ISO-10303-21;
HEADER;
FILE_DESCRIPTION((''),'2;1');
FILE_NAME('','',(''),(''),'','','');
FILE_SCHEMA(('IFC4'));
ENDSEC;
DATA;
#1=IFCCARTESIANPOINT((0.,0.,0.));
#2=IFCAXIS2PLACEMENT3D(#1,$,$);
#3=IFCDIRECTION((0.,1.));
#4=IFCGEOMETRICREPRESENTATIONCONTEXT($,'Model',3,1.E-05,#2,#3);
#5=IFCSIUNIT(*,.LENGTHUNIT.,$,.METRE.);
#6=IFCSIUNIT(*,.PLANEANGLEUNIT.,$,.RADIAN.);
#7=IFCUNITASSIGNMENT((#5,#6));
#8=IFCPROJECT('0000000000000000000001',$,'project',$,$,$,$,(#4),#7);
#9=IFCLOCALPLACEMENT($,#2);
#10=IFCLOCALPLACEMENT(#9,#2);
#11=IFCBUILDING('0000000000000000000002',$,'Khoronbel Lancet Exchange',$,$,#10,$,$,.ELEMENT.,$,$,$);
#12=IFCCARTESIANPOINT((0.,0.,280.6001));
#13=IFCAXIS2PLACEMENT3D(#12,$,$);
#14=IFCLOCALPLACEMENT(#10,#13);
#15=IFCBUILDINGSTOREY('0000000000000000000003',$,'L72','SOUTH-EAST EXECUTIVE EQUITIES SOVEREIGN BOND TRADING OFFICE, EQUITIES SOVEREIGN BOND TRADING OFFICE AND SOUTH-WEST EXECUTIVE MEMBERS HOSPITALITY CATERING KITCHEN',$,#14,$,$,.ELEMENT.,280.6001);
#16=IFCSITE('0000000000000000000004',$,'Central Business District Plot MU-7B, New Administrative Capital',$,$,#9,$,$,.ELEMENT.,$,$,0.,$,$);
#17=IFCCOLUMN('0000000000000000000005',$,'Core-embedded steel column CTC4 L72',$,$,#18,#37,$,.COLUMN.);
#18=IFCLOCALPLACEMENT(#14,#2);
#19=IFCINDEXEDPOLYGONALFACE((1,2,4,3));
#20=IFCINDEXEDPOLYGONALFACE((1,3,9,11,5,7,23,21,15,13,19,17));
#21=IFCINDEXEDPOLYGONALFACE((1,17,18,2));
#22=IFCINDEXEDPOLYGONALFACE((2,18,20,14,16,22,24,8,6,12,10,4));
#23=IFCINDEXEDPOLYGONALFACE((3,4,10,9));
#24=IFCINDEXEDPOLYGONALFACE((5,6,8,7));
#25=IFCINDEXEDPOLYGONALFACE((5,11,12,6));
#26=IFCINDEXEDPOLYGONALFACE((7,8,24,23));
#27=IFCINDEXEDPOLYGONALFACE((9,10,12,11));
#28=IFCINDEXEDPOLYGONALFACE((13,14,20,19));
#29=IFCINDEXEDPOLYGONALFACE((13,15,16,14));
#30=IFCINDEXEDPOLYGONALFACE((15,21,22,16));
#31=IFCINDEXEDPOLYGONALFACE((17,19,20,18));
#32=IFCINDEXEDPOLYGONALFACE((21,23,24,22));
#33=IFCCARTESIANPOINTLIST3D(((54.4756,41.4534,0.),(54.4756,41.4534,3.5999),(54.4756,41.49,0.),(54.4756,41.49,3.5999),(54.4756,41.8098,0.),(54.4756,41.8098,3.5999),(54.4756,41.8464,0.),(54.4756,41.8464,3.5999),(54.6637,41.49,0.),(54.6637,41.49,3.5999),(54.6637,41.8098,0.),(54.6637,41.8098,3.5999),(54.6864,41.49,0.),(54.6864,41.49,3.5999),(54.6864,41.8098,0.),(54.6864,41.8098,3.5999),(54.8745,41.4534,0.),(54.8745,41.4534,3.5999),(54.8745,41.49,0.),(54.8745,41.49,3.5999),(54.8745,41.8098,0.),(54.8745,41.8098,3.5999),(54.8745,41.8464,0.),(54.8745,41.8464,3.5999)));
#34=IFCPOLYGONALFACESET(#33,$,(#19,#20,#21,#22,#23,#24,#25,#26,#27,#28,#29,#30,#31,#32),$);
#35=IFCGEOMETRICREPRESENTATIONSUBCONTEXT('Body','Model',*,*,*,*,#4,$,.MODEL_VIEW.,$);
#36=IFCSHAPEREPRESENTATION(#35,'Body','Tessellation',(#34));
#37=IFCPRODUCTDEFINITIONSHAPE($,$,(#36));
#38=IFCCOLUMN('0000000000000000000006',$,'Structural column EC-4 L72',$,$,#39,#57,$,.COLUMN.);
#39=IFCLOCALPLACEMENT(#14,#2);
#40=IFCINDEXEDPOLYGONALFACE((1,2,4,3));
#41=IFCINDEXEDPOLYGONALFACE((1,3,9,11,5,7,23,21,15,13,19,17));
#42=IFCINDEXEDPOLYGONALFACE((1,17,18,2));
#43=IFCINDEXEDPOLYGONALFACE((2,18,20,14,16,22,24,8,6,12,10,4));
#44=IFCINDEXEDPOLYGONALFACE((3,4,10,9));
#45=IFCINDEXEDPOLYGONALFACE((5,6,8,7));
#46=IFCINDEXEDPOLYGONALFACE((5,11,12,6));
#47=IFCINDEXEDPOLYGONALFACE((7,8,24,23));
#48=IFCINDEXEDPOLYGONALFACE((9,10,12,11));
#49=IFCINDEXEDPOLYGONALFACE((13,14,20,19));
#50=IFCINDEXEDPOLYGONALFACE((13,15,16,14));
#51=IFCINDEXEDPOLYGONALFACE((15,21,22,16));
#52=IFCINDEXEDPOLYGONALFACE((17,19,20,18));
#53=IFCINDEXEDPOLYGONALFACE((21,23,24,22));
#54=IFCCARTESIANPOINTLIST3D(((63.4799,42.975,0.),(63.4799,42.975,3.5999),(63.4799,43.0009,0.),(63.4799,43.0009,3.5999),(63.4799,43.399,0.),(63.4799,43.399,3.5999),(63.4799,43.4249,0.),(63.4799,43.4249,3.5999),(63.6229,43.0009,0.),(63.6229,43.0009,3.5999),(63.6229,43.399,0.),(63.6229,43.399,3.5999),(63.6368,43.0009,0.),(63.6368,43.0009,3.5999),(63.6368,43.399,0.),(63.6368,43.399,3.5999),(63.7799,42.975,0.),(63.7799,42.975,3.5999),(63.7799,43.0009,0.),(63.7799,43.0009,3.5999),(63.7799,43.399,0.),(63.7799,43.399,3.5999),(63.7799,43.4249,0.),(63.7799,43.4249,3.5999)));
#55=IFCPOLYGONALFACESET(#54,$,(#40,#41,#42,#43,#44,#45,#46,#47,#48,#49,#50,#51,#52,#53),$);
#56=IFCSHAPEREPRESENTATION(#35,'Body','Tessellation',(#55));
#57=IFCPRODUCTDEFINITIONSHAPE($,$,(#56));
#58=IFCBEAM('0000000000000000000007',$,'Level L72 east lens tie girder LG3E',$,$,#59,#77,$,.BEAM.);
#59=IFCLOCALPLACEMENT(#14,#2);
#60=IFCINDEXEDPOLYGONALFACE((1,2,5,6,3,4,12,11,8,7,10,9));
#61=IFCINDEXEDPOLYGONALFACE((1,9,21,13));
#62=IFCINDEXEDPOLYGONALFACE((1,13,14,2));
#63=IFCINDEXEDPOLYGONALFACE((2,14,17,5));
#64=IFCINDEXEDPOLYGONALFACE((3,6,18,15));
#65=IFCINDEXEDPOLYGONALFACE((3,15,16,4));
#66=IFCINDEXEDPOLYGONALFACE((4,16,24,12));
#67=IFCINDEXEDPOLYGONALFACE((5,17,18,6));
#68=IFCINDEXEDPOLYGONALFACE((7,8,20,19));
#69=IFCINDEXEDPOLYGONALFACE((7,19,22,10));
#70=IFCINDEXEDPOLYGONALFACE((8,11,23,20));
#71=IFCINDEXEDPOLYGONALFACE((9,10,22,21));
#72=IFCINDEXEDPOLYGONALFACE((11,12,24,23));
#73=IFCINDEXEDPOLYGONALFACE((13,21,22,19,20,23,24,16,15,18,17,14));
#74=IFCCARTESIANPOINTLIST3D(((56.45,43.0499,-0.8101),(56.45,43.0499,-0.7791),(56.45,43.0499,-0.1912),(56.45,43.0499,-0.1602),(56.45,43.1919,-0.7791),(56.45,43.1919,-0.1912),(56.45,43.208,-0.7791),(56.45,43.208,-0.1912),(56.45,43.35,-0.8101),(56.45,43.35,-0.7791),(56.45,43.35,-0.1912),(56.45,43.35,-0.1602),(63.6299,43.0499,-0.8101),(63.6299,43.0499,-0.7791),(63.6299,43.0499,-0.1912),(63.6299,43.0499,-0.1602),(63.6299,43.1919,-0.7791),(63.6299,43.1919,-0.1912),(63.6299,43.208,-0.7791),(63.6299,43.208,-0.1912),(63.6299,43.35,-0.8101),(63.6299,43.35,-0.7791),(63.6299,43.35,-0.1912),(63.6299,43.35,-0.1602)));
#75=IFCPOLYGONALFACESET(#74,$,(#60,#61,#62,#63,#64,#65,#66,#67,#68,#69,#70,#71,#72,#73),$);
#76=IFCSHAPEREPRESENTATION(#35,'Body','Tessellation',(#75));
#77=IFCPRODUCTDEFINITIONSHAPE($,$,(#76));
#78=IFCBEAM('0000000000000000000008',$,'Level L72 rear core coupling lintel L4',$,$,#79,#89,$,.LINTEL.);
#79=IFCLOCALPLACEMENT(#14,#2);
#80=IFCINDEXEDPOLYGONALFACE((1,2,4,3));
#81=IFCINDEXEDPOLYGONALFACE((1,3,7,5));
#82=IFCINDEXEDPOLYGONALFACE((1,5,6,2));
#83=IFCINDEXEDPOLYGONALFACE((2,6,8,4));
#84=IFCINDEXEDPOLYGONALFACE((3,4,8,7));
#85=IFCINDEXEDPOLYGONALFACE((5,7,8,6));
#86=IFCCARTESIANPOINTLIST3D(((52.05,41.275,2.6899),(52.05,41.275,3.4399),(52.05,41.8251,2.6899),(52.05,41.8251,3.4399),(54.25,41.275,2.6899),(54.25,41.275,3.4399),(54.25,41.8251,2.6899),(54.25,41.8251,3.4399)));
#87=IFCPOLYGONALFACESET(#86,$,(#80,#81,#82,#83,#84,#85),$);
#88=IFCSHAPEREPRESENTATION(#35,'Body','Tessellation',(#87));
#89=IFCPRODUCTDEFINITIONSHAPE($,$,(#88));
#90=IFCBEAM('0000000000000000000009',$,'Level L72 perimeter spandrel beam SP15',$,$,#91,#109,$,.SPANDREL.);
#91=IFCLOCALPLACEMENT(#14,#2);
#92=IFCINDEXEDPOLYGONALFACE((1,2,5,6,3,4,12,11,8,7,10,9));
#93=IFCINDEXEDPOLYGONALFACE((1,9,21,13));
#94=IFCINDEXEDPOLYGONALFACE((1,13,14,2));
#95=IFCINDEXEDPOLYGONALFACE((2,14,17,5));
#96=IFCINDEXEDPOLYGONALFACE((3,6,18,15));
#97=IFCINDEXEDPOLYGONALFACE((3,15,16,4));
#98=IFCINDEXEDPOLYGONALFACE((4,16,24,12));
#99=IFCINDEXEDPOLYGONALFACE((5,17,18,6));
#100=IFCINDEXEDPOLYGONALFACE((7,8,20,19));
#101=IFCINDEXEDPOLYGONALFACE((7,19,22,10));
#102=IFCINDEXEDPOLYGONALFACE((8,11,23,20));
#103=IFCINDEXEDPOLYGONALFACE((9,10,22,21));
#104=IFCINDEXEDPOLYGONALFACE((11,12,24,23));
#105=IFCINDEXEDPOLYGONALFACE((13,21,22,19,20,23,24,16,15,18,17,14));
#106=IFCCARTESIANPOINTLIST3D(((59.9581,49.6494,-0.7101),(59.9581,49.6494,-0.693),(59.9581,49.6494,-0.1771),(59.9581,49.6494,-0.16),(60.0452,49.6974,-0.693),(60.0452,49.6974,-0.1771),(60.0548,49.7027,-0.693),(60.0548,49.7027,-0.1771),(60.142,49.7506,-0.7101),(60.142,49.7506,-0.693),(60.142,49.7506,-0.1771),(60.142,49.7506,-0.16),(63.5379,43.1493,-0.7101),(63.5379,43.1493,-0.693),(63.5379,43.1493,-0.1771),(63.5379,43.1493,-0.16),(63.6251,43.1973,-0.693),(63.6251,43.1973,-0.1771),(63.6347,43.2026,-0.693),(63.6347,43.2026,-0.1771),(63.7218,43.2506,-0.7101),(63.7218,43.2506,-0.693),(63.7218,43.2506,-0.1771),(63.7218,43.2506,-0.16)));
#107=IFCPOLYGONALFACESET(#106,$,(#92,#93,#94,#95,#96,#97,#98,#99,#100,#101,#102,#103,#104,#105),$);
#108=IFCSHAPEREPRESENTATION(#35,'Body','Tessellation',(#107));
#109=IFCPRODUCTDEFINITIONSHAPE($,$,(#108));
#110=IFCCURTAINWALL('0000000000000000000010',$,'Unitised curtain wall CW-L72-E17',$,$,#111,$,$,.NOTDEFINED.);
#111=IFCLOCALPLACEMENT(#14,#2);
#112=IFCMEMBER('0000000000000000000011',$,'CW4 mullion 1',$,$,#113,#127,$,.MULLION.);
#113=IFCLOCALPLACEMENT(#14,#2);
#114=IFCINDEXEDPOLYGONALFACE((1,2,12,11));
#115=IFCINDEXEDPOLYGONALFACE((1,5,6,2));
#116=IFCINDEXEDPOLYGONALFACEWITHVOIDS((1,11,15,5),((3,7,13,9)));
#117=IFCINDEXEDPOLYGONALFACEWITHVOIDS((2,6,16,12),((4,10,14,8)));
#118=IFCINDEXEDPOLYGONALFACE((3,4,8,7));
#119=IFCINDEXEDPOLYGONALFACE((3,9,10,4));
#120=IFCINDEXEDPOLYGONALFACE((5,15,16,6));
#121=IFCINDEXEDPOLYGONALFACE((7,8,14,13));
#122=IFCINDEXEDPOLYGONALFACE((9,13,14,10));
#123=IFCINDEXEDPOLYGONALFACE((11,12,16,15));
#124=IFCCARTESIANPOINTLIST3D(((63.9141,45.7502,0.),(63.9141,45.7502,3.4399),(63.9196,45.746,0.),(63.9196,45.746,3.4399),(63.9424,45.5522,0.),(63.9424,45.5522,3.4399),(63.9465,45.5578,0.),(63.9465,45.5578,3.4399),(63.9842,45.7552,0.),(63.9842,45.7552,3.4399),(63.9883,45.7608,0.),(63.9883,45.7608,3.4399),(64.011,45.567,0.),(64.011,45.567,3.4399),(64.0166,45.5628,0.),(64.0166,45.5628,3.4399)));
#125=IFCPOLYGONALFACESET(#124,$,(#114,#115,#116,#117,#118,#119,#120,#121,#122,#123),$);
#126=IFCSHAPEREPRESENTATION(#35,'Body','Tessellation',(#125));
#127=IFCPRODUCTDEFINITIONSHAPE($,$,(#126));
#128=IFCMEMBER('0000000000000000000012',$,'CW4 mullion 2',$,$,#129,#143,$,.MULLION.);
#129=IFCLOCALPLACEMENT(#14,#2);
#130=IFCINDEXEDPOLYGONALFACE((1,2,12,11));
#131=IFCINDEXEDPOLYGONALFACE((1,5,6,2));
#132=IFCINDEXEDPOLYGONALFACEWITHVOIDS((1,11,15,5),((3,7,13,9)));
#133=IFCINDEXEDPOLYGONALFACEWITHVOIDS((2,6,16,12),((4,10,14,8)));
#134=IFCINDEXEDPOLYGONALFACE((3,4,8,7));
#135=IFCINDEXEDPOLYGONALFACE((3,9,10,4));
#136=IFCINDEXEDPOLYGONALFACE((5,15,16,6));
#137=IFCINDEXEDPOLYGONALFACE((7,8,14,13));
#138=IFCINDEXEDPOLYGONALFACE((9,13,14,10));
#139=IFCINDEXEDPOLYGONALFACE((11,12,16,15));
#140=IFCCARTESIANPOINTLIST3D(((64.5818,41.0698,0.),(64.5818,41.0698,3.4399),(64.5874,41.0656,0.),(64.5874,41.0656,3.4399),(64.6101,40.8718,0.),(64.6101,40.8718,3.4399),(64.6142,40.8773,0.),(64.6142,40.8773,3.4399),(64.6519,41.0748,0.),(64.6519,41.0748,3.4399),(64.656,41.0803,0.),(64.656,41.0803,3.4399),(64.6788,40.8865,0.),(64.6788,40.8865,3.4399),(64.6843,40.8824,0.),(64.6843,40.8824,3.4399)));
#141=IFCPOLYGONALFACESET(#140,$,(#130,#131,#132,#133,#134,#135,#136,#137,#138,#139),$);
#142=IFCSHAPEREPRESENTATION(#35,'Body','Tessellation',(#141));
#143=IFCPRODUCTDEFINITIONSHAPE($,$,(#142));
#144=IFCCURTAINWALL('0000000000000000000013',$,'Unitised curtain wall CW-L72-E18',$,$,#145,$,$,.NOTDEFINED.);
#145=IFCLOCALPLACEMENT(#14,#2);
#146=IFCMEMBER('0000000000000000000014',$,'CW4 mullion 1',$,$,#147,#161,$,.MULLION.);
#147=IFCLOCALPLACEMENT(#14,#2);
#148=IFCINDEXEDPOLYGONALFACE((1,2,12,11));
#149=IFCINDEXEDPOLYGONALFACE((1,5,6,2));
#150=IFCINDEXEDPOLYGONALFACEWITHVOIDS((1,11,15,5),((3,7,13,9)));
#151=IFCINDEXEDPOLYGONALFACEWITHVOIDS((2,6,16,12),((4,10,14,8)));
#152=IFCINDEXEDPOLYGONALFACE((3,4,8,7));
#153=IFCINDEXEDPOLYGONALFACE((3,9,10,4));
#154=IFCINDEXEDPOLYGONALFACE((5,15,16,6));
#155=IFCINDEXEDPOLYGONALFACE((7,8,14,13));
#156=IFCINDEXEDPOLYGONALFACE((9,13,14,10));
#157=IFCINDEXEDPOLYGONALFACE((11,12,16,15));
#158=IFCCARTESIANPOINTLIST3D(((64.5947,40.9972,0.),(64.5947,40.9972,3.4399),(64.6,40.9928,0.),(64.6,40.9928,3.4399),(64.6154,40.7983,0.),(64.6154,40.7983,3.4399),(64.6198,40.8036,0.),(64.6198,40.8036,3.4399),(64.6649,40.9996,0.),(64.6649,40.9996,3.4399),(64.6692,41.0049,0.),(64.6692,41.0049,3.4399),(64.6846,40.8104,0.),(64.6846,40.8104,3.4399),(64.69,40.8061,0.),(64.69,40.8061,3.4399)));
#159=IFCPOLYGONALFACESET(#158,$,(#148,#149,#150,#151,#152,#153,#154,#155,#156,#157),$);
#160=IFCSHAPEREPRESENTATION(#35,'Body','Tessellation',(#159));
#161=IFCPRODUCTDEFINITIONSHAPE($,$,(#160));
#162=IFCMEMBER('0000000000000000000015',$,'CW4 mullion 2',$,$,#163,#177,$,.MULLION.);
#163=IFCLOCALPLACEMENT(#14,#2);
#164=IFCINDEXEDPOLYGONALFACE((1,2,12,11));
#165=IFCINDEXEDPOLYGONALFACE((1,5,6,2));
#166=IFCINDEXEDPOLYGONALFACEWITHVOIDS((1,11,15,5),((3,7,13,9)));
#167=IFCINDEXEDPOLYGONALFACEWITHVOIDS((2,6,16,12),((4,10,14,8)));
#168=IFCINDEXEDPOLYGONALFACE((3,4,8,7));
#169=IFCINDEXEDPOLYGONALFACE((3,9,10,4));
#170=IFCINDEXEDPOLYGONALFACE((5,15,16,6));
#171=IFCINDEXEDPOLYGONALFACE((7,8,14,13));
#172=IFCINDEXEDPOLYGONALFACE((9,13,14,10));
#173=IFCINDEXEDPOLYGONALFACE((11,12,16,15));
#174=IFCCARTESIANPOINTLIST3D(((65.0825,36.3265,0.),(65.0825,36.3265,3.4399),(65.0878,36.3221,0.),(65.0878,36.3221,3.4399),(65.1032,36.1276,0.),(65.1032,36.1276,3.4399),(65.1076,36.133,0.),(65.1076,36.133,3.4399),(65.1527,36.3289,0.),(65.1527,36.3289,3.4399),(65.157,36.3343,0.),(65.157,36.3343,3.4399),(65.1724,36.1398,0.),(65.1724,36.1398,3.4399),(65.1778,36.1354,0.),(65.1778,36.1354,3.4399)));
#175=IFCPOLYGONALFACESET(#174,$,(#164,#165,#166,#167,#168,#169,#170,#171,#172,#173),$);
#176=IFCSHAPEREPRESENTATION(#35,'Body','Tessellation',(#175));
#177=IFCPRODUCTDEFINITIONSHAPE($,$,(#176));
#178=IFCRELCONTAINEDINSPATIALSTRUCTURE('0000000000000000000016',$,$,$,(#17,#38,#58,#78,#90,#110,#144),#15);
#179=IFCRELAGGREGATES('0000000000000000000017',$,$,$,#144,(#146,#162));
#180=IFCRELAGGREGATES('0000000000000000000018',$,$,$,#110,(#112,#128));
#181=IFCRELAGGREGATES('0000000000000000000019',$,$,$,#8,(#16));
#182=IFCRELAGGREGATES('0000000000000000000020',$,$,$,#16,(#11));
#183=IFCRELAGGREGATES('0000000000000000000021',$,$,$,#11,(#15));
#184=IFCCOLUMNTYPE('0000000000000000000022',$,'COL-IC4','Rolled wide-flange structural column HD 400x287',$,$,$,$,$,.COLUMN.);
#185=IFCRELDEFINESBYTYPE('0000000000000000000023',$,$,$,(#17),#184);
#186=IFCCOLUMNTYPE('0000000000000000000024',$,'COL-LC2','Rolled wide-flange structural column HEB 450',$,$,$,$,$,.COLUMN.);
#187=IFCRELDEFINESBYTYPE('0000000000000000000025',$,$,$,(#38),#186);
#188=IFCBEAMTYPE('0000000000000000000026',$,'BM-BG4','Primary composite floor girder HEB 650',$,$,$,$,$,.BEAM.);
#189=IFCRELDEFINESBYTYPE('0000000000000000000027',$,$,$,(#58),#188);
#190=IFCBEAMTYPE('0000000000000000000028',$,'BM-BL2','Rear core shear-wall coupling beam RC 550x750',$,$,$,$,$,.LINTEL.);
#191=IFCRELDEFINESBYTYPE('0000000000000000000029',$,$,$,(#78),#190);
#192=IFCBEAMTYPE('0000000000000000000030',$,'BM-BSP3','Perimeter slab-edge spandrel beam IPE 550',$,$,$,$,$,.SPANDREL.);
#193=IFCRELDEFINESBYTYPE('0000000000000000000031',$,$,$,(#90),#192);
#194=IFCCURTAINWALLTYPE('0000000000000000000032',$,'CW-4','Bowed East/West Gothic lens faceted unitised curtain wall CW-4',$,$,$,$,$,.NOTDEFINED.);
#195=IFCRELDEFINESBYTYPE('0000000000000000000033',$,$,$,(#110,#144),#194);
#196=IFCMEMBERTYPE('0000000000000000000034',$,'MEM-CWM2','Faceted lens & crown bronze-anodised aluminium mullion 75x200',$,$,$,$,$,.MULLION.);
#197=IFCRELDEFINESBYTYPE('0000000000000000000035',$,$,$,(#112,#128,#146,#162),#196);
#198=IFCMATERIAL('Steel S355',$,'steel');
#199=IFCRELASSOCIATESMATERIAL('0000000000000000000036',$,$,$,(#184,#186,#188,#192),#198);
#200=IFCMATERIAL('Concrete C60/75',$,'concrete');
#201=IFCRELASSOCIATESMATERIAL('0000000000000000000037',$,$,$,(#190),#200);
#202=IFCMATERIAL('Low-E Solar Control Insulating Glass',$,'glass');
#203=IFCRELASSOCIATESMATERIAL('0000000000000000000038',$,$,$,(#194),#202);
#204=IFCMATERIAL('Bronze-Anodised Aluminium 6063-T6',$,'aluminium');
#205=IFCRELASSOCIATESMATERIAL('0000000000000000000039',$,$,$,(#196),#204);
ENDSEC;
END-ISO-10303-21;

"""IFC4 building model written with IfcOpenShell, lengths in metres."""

from ifc_helpers import new_model, si_unit, direction, frame, origin, origin_2d, place, context, subcontext, project, spatial, rectangle, hollow_rectangle, i_section, extrude, material, material_profile, profile_set, type_object, element, aggregate, save


model = new_model("IFC4")

# Units and contexts
model_context = context("Model", 3, precision=1e-05, world=origin(), true_north=direction((0.0, 1.0)))
body_context = subcontext(model_context, "Body", "Model", "MODEL_VIEW")
ifc_project = project(units=[si_unit("LENGTHUNIT", "METRE"), si_unit("PLANEANGLEUNIT", "RADIAN")], contexts=[model_context])

# Site, building, storey
site_placement = place(None, origin())
site = spatial("IfcSite", under=ifc_project, at=site_placement, Name="Central Business District Plot MU-7B, New Administrative Capital", CompositionType="ELEMENT", RefElevation=0.0)
building_placement = place(site_placement, origin())
building = spatial("IfcBuilding", under=site, at=building_placement, Name="Khoronbel Lancet Exchange", CompositionType="ELEMENT")
storey_placement = place(building_placement, frame((0.0, 0.0, 280.6001)))
storey = spatial("IfcBuildingStorey", under=building, at=storey_placement, Name="L72", Description="SOUTH-EAST EXECUTIVE EQUITIES SOVEREIGN BOND TRADING OFFICE, EQUITIES SOVEREIGN BOND TRADING OFFICE AND SOUTH-WEST EXECUTIVE MEMBERS HOSPITALITY CATERING KITCHEN", CompositionType="ELEMENT", Elevation=280.6001)

# Columns
ifc_material_1 = material(Name="Steel S355", Category="steel")
ifc_material_profile_1 = material_profile(ifc_material_1, i_section(OverallWidth=0.3989, OverallDepth=0.3931, WebThickness=0.0227, FlangeThickness=0.0366, at=origin_2d()), Name="HD 400x287")
ifc_profile_set_1 = profile_set([ifc_material_profile_1], Name="Steel S355")
column_type_1 = type_object("IfcColumnType", Name="COL-IC4", Description="Rolled wide-flange structural column HD 400x287", PredefinedType="COLUMN", material=ifc_profile_set_1)
column_1_placement = place(storey_placement, frame((54.675, 41.6499, 0.0), z_axis=(0.0, 0.0, 1.0), x_axis=(1.0, 0.0, 0.0)))
element("IfcColumn", 1, at=column_1_placement, inside=storey, type_object=column_type_1, Name="Core-embedded steel column CTC4 L72", PredefinedType="COLUMN", context=body_context, shape_type="SweptSolid", body=[
    extrude(i_section(OverallWidth=0.3989, OverallDepth=0.3931, WebThickness=0.0227, FlangeThickness=0.0366, at=origin_2d()), origin(), (0.0, 0.0, 1.0), 3.5999),
])
ifc_material_profile_2 = material_profile(ifc_material_1, i_section(OverallWidth=0.3, OverallDepth=0.45, WebThickness=0.0139, FlangeThickness=0.0259, at=origin_2d()), Name="HEB 450")
ifc_profile_set_2 = profile_set([ifc_material_profile_2], Name="Steel S355")
column_type_2 = type_object("IfcColumnType", Name="COL-LC2", Description="Rolled wide-flange structural column HEB 450", PredefinedType="COLUMN", material=ifc_profile_set_2)
column_2_placement = place(storey_placement, frame((63.6299, 43.2, 0.0), z_axis=(0.0, 0.0, 1.0), x_axis=(1.0, 0.0, 0.0)))
element("IfcColumn", 2, at=column_2_placement, inside=storey, type_object=column_type_2, Name="Structural column EC-4 L72", PredefinedType="COLUMN", context=body_context, shape_type="SweptSolid", body=[
    extrude(i_section(OverallWidth=0.3, OverallDepth=0.45, WebThickness=0.0139, FlangeThickness=0.0259, at=origin_2d()), origin(), (0.0, 0.0, 1.0), 3.5999),
])

# Beams
ifc_material_profile_3 = material_profile(ifc_material_1, i_section(OverallWidth=0.3, OverallDepth=0.6499, WebThickness=0.0161, FlangeThickness=0.031, at=origin_2d()), Name="HEB 650")
ifc_profile_set_3 = profile_set([ifc_material_profile_3], Name="Steel S355")
beam_type_1 = type_object("IfcBeamType", Name="BM-BG4", Description="Primary composite floor girder HEB 650", PredefinedType="BEAM", material=ifc_profile_set_3)
beam_1_placement = place(storey_placement, frame((56.45, 43.2, -0.4851), z_axis=(1.0, 0.0, 0.0), x_axis=(0.0, 1.0, 0.0)))
element("IfcBeam", 3, at=beam_1_placement, inside=storey, type_object=beam_type_1, Name="Level L72 east lens tie girder LG3E", PredefinedType="BEAM", context=body_context, shape_type="SweptSolid", body=[
    extrude(i_section(OverallWidth=0.3, OverallDepth=0.6499, WebThickness=0.0161, FlangeThickness=0.031, at=origin_2d()), origin(), (0.0, 0.0, 1.0), 7.1799),
])
ifc_material_2 = material(Name="Concrete C60/75", Category="concrete")
ifc_material_profile_4 = material_profile(ifc_material_2, rectangle(XDim=0.55, YDim=0.75, at=origin_2d()), Name="RC 550x750")
ifc_profile_set_4 = profile_set([ifc_material_profile_4], Name="Concrete C60/75")
beam_type_2 = type_object("IfcBeamType", Name="BM-BL2", Description="Rear core shear-wall coupling beam RC 550x750", PredefinedType="LINTEL", material=ifc_profile_set_4)
beam_2_placement = place(storey_placement, frame((52.05, 41.55, 3.0649), z_axis=(1.0, 0.0, 0.0), x_axis=(0.0, 1.0, 0.0)))
element("IfcBeam", 4, at=beam_2_placement, inside=storey, type_object=beam_type_2, Name="Level L72 rear core coupling lintel L4", PredefinedType="LINTEL", context=body_context, shape_type="SweptSolid", body=[
    extrude(rectangle(XDim=0.55, YDim=0.75, at=origin_2d()), origin(), (0.0, 0.0, 1.0), 2.2),
])
ifc_material_profile_5 = material_profile(ifc_material_1, i_section(OverallWidth=0.21, OverallDepth=0.55, WebThickness=0.011, FlangeThickness=0.0171, at=origin_2d()), Name="IPE 550")
ifc_profile_set_5 = profile_set([ifc_material_profile_5], Name="Steel S355")
beam_type_3 = type_object("IfcBeamType", Name="BM-BSP3", Description="Perimeter slab-edge spandrel beam IPE 550", PredefinedType="SPANDREL", material=ifc_profile_set_5)
beam_3_placement = place(storey_placement, frame((63.6299, 43.2, -0.4351), z_axis=(-0.482419, 0.875941, 0.0), x_axis=(-0.875941, -0.482419, 0.0)))
element("IfcBeam", 5, at=beam_3_placement, inside=storey, type_object=beam_type_3, Name="Level L72 perimeter spandrel beam SP15", PredefinedType="SPANDREL", context=body_context, shape_type="SweptSolid", body=[
    extrude(i_section(OverallWidth=0.21, OverallDepth=0.55, WebThickness=0.011, FlangeThickness=0.0171, at=origin_2d()), origin(), (0.0, 0.0, 1.0), 7.4207),
])

# Curtain walls, members
ifc_material_3 = material(Name="Low-E Solar Control Insulating Glass", Category="glass")
curtain_wall_type = type_object("IfcCurtainWallType", Name="CW-4", Description="Bowed East/West Gothic lens faceted unitised curtain wall CW-4", PredefinedType="NOTDEFINED", material=ifc_material_3)
curtain_wall_1_placement = place(storey_placement, origin())
curtain_wall_1 = element("IfcCurtainWall", 6, at=curtain_wall_1_placement, inside=storey, type_object=curtain_wall_type, Name="Unitised curtain wall CW-L72-E17", PredefinedType="NOTDEFINED")
ifc_material_4 = material(Name="Bronze-Anodised Aluminium 6063-T6", Category="aluminium")
ifc_material_profile_6 = material_profile(ifc_material_4, hollow_rectangle(XDim=0.075, YDim=0.2, WallThickness=0.0049, at=origin_2d()), Name="ALU MULLION 75x200")
ifc_profile_set_6 = profile_set([ifc_material_profile_6], Name="Bronze-Anodised Aluminium 6063-T6")
member_type_1 = type_object("IfcMemberType", Name="MEM-CWM2", Description="Faceted lens & crown bronze-anodised aluminium mullion 75x200", PredefinedType="MULLION", material=ifc_profile_set_6)
member_1_placement = place(storey_placement, frame((63.9653, 45.6565, 0.0), z_axis=(0.0, 0.0, 1.0), x_axis=(0.989974, 0.141252, 0.0)))
member_1 = element("IfcMember", 7, at=member_1_placement, type_object=member_type_1, Name="CW4 mullion 1", PredefinedType="MULLION", context=body_context, shape_type="SweptSolid", body=[
    extrude(hollow_rectangle(XDim=0.075, YDim=0.2, WallThickness=0.0049, at=origin_2d()), origin(), (0.0, 0.0, 1.0), 3.4399),
])
member_2_placement = place(storey_placement, frame((64.6331, 40.9761, 0.0), z_axis=(0.0, 0.0, 1.0), x_axis=(0.989974, 0.141252, 0.0)))
member_2 = element("IfcMember", 8, at=member_2_placement, type_object=member_type_1, Name="CW4 mullion 2", PredefinedType="MULLION", context=body_context, shape_type="SweptSolid", body=[
    extrude(hollow_rectangle(XDim=0.075, YDim=0.2, WallThickness=0.0049, at=origin_2d()), origin(), (0.0, 0.0, 1.0), 3.4399),
])
curtain_wall_2_placement = place(storey_placement, origin())
curtain_wall_2 = element("IfcCurtainWall", 9, at=curtain_wall_2_placement, inside=storey, type_object=curtain_wall_type, Name="Unitised curtain wall CW-L72-E18", PredefinedType="NOTDEFINED")
member_3_placement = place(storey_placement, frame((64.6423, 40.9016, 0.0), z_axis=(0.0, 0.0, 1.0), x_axis=(0.994591, 0.103873, 0.0)))
member_3 = element("IfcMember", 10, at=member_3_placement, type_object=member_type_1, Name="CW4 mullion 1", PredefinedType="MULLION", context=body_context, shape_type="SweptSolid", body=[
    extrude(hollow_rectangle(XDim=0.075, YDim=0.2, WallThickness=0.0049, at=origin_2d()), origin(), (0.0, 0.0, 1.0), 3.4399),
])
member_4_placement = place(storey_placement, frame((65.1301, 36.231, 0.0), z_axis=(0.0, 0.0, 1.0), x_axis=(0.994591, 0.103873, 0.0)))
member_4 = element("IfcMember", 11, at=member_4_placement, type_object=member_type_1, Name="CW4 mullion 2", PredefinedType="MULLION", context=body_context, shape_type="SweptSolid", body=[
    extrude(hollow_rectangle(XDim=0.075, YDim=0.2, WallThickness=0.0049, at=origin_2d()), origin(), (0.0, 0.0, 1.0), 3.4399),
])

aggregate(curtain_wall_2, [member_3, member_4])
aggregate(curtain_wall_1, [member_1, member_2])

save(model, "model.ifc")
